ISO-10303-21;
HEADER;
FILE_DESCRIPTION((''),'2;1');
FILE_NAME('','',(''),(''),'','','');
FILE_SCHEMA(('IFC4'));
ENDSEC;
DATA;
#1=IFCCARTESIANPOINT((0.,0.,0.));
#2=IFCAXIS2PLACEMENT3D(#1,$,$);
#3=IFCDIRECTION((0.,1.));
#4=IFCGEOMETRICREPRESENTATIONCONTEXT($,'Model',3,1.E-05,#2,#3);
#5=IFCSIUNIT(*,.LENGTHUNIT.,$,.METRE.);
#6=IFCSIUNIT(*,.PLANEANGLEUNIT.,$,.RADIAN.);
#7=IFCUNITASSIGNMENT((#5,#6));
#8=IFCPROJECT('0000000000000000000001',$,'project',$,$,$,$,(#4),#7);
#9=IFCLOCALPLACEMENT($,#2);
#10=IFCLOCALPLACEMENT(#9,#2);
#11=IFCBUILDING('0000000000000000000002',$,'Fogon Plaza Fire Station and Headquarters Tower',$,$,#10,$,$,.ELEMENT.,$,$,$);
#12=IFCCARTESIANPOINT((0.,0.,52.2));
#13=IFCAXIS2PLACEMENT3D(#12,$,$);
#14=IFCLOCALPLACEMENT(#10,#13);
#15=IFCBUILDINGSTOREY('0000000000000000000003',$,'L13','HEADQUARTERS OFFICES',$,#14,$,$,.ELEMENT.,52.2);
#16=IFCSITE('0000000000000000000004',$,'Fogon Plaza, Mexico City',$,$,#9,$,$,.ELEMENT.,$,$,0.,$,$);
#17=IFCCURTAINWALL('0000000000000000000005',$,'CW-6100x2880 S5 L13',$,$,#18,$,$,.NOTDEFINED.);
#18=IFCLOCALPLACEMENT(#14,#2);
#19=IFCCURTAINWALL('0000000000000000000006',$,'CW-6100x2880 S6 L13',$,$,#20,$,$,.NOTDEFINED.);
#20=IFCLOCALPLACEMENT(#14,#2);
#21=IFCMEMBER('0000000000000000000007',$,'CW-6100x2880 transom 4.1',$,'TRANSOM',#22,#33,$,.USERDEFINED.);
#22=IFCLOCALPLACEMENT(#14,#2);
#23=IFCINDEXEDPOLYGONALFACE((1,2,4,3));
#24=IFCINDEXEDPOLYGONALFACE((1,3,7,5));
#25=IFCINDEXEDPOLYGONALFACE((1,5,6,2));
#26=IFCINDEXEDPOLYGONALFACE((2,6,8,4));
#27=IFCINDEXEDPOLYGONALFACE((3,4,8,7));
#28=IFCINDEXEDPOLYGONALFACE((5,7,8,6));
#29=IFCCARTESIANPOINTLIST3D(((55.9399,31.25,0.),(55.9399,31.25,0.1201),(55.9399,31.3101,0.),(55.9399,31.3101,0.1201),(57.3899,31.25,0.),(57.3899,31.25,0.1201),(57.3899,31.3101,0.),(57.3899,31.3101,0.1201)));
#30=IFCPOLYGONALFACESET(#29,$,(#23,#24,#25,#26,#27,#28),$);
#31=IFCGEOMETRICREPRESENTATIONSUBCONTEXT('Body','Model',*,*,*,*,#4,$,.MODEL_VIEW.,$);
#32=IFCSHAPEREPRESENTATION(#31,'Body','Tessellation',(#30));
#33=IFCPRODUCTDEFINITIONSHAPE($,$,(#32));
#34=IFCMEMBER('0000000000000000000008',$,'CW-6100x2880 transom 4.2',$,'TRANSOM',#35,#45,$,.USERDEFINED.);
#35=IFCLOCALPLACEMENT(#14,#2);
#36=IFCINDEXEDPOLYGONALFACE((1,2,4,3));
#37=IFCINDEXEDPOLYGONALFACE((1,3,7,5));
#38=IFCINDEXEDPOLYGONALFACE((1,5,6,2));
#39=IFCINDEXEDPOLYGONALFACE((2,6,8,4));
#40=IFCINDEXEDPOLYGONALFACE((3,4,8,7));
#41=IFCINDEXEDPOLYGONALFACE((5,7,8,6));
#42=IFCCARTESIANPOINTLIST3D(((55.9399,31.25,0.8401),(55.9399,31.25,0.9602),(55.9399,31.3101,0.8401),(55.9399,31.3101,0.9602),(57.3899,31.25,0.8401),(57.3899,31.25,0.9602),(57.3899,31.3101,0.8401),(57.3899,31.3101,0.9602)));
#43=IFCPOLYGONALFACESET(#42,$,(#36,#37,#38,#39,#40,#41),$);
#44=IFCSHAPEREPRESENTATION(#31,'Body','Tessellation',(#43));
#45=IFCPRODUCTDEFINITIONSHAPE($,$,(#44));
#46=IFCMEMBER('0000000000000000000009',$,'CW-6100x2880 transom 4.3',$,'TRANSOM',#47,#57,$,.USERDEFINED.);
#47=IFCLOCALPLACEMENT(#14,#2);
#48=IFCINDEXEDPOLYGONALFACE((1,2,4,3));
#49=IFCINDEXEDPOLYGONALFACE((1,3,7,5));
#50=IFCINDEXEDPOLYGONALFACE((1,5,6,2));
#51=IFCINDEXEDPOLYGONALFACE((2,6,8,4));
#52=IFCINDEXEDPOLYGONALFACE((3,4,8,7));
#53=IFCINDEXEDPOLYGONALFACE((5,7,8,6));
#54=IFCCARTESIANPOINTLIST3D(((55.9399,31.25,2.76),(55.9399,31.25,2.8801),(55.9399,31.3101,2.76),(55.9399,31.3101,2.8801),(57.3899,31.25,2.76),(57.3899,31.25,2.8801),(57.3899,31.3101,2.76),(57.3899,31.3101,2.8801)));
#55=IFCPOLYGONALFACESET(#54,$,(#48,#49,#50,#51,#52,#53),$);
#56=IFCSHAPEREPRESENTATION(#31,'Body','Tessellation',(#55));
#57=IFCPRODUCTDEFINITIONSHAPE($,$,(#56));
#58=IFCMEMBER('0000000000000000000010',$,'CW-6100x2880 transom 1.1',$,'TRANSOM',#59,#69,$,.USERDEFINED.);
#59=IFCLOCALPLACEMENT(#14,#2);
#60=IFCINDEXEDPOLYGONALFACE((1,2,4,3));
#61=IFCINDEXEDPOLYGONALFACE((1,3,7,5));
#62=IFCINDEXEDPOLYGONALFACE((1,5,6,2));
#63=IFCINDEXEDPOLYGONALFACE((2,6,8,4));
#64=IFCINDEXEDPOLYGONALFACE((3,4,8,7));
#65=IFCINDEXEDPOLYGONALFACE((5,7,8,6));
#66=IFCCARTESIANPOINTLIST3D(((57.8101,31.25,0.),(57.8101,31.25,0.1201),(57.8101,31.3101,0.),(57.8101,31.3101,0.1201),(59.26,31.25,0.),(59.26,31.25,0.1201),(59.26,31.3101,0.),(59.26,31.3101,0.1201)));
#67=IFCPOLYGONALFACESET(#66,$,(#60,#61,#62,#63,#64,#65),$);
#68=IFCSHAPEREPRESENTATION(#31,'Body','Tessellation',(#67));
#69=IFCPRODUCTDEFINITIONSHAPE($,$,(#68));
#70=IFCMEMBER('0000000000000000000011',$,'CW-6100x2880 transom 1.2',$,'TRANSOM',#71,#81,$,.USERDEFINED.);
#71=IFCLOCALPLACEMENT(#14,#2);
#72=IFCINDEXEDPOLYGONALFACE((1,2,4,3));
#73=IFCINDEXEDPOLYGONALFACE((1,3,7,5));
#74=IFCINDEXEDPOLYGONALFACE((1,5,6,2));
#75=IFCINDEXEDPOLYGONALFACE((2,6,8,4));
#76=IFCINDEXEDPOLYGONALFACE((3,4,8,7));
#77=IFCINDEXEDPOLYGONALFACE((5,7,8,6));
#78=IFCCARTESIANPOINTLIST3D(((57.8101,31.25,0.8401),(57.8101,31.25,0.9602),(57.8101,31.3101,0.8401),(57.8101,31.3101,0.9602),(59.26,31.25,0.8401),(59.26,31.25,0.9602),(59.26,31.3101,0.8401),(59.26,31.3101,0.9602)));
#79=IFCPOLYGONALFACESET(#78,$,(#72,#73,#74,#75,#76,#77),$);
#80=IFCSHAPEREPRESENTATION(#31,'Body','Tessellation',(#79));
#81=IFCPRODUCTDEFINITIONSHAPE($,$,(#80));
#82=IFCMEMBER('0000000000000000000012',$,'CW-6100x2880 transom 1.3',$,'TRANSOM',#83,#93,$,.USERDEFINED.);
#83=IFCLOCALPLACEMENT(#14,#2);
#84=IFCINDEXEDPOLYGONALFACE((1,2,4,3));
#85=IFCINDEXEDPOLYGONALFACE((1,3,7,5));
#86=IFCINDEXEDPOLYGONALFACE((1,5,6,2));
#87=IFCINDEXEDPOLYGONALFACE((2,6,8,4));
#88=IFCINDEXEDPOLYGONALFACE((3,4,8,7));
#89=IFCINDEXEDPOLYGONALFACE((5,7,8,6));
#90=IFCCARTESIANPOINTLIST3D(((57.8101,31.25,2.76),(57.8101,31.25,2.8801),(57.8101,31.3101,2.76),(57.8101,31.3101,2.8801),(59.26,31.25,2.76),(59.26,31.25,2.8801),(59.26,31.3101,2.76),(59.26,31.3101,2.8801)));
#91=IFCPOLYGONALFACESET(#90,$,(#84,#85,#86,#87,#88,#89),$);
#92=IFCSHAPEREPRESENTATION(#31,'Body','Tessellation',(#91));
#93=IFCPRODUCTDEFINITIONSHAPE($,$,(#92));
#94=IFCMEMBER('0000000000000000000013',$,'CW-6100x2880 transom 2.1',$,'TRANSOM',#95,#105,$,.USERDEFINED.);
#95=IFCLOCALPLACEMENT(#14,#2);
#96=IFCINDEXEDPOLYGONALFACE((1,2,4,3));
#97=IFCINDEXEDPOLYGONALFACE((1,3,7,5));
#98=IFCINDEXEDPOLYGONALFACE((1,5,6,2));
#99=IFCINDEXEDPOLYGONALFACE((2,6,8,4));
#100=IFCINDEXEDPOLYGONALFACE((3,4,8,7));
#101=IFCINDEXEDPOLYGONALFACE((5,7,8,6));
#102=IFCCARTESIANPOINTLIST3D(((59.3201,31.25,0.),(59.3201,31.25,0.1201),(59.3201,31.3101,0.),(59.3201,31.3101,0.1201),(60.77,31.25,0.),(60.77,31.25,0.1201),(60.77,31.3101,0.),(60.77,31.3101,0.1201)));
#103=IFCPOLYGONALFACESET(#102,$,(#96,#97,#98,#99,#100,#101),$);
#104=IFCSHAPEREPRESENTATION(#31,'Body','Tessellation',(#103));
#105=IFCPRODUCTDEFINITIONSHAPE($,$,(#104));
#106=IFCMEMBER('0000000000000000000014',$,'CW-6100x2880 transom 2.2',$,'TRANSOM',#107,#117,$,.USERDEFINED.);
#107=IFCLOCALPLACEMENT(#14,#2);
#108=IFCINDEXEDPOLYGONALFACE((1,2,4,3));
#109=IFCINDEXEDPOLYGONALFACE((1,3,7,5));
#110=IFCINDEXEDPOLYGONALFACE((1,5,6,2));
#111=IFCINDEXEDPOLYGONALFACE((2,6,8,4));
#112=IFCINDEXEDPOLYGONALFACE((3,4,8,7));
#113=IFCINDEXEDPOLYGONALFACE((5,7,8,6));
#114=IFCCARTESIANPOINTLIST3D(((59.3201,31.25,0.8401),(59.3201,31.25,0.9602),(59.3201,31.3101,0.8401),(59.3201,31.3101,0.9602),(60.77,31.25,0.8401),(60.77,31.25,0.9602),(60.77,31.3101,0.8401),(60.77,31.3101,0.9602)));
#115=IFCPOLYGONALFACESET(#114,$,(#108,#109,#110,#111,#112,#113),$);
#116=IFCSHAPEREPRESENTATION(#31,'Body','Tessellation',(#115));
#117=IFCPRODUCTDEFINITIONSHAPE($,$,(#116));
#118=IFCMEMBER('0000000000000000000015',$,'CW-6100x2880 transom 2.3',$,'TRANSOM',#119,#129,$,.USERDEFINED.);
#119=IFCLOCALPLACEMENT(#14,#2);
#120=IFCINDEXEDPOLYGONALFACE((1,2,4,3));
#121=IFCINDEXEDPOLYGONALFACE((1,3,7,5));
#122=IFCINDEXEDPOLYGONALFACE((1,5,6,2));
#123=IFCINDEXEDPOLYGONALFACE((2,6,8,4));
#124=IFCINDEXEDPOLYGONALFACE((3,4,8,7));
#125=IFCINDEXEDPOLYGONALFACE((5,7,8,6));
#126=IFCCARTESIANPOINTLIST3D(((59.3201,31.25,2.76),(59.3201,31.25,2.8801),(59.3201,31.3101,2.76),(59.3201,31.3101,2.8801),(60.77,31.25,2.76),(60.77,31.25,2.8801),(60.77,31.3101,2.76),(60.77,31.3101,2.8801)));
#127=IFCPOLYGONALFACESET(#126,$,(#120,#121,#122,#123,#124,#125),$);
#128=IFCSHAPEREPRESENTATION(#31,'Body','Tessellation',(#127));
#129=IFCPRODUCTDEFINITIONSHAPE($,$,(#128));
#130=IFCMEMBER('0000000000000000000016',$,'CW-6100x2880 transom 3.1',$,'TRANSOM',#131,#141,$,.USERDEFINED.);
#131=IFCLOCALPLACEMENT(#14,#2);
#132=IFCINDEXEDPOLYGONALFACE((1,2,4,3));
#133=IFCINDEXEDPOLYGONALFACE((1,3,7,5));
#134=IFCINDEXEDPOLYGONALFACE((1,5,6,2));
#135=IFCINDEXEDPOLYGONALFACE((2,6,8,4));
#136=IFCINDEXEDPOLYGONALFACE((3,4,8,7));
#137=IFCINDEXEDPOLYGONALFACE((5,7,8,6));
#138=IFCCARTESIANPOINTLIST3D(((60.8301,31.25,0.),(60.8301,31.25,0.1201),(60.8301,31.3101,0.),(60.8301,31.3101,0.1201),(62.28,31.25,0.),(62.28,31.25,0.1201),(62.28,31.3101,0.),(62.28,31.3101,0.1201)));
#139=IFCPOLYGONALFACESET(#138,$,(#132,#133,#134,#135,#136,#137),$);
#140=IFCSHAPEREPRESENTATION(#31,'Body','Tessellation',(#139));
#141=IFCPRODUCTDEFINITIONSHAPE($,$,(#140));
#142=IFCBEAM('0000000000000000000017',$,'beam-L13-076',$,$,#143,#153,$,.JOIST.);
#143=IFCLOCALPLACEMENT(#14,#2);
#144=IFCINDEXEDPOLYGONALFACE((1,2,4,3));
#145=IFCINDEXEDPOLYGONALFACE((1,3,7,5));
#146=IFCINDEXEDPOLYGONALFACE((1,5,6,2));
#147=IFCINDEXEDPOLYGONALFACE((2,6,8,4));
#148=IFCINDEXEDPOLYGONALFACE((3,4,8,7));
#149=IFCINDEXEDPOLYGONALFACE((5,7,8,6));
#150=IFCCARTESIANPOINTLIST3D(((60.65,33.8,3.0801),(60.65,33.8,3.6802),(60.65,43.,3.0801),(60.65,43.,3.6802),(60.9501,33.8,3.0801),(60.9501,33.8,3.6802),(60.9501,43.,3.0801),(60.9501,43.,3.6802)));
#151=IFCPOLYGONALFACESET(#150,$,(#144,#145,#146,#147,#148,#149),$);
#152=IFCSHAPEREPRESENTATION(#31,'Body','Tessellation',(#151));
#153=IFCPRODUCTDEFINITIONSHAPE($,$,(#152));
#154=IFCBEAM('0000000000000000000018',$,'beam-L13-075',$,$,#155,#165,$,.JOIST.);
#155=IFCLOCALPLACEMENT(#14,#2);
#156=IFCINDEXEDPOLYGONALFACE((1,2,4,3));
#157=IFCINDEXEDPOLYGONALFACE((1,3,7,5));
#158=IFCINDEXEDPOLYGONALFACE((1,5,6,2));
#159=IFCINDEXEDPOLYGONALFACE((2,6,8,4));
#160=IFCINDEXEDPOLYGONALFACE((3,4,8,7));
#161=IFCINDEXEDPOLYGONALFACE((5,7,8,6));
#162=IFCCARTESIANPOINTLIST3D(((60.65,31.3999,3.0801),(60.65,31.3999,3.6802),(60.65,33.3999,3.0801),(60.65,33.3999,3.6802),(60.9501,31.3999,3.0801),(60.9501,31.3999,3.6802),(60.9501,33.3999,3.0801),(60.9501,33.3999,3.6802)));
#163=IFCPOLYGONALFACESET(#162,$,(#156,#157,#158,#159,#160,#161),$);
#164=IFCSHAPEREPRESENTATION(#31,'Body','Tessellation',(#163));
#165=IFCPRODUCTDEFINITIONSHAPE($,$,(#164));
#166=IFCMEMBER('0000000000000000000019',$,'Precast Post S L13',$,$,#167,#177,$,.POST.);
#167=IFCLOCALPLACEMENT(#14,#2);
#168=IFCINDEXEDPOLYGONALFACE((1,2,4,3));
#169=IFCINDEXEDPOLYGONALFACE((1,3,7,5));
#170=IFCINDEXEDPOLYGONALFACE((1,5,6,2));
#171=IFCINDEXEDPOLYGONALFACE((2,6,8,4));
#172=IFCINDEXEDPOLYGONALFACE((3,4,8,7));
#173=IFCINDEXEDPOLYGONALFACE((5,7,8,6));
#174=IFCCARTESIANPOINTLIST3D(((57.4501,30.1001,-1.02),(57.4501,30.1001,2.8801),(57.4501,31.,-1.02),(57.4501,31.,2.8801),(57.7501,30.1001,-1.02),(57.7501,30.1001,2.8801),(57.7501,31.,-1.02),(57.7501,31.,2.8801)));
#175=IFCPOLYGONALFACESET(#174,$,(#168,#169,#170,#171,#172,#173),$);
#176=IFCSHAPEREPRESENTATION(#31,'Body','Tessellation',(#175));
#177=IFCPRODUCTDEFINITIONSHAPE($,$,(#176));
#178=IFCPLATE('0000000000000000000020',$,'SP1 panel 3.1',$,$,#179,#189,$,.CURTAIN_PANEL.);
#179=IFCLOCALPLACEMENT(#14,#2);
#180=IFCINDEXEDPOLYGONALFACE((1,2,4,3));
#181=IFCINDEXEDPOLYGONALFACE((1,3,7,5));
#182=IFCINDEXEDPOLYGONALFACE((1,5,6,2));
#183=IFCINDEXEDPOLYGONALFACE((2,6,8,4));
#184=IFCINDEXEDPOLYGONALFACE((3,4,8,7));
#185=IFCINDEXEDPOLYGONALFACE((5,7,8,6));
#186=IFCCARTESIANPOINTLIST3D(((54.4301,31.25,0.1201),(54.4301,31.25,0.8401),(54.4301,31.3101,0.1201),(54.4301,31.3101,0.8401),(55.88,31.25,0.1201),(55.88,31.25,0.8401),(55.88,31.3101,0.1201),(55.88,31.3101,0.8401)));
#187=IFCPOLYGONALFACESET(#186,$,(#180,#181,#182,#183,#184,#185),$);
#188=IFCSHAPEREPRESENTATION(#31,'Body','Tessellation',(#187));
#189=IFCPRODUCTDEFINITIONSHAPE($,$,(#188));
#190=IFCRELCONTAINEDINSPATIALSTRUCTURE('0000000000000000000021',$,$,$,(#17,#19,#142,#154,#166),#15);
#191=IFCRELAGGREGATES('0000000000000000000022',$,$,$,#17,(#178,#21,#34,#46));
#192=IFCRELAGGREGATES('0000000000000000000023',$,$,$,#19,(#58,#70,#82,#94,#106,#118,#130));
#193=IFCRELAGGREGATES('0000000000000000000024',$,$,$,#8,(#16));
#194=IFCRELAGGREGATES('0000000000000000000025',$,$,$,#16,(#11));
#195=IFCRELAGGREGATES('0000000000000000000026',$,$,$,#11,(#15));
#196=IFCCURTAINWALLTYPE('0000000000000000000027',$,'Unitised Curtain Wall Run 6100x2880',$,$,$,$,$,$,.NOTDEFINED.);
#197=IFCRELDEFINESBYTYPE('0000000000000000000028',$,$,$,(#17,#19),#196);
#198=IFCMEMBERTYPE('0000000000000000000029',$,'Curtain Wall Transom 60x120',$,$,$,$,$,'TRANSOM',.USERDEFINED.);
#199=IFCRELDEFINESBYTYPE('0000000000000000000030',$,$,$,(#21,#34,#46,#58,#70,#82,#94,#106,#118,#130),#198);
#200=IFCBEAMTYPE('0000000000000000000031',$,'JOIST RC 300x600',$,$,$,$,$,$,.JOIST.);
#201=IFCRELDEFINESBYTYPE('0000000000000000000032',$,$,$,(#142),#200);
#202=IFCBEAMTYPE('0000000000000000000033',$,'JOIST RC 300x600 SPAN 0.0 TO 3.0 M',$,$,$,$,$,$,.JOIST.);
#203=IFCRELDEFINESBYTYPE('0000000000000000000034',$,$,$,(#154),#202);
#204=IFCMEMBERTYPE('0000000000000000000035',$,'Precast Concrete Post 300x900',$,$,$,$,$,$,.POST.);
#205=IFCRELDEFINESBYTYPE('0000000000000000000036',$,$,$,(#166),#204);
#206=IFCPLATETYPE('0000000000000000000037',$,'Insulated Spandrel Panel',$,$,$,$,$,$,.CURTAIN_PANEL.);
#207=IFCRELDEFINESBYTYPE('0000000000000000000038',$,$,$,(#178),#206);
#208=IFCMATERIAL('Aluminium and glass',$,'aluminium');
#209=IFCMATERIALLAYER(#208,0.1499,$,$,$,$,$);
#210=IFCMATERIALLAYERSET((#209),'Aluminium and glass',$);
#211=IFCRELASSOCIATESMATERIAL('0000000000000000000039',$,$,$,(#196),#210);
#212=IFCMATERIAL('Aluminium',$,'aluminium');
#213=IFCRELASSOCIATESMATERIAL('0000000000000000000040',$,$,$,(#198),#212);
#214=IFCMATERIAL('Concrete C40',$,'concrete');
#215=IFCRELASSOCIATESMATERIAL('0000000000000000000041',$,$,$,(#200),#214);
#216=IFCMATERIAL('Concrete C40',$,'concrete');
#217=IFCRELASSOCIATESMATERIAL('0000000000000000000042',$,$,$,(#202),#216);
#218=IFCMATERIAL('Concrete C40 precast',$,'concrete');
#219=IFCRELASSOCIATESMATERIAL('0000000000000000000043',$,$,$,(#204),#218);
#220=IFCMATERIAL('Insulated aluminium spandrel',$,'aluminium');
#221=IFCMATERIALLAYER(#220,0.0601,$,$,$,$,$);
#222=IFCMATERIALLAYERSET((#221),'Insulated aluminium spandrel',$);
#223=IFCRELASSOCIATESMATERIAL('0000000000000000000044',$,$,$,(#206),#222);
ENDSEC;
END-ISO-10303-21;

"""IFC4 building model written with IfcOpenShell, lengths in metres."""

from ifc_helpers import new_model, si_unit, direction, frame, origin, origin_2d, place, context, subcontext, project, spatial, rectangle, extrude, material, layer, layer_set, material_profile, profile_set, type_object, element, aggregate, save


model = new_model("IFC4")

# Units and contexts
model_context = context("Model", 3, precision=1e-05, world=origin(), true_north=direction((0.0, 1.0)))
body_context = subcontext(model_context, "Body", "Model", "MODEL_VIEW")
ifc_project = project(units=[si_unit("LENGTHUNIT", "METRE"), si_unit("PLANEANGLEUNIT", "RADIAN")], contexts=[model_context])

# Site, building, storey
site_placement = place(None, origin())
site = spatial("IfcSite", under=ifc_project, at=site_placement, Name="Fogon Plaza, Mexico City", CompositionType="ELEMENT", RefElevation=0.0)
building_placement = place(site_placement, origin())
building = spatial("IfcBuilding", under=site, at=building_placement, Name="Fogon Plaza Fire Station and Headquarters Tower", CompositionType="ELEMENT")
storey_placement = place(building_placement, frame((0.0, 0.0, 52.2)))
storey = spatial("IfcBuildingStorey", under=building, at=storey_placement, Name="L13", Description="HEADQUARTERS OFFICES", CompositionType="ELEMENT", Elevation=52.2)

# Curtain walls
ifc_material_1 = material(Name="Aluminium and glass", Category="aluminium")
ifc_layer_1 = layer(ifc_material_1, 0.1499)
ifc_layer_set_1 = layer_set([ifc_layer_1], Name="Aluminium and glass")
curtain_wall_type = type_object("IfcCurtainWallType", Name="Unitised Curtain Wall Run 6100x2880", PredefinedType="NOTDEFINED", material=ifc_layer_set_1)
curtain_wall_1_placement = place(storey_placement, origin())
curtain_wall_1 = element("IfcCurtainWall", 1, at=curtain_wall_1_placement, inside=storey, type_object=curtain_wall_type, Name="CW-6100x2880 S5 L13", PredefinedType="NOTDEFINED")
curtain_wall_2_placement = place(storey_placement, origin())
curtain_wall_2 = element("IfcCurtainWall", 2, at=curtain_wall_2_placement, inside=storey, type_object=curtain_wall_type, Name="CW-6100x2880 S6 L13", PredefinedType="NOTDEFINED")

# Members
ifc_material_2 = material(Name="Aluminium", Category="aluminium")
ifc_material_profile_1 = material_profile(ifc_material_2, rectangle(XDim=0.0601, YDim=0.1201, at=origin_2d()), Name="Curtain Wall Transom 60x120")
ifc_profile_set_1 = profile_set([ifc_material_profile_1], Name="Aluminium")
member_type_1 = type_object("IfcMemberType", Name="Curtain Wall Transom 60x120", ElementType="TRANSOM", PredefinedType="USERDEFINED", material=ifc_profile_set_1)
member_1_placement = place(storey_placement, frame((55.9399, 31.28, 0.0601), z_axis=(1.0, 0.0, 0.0), x_axis=(0.0, 1.0, 0.0)))
member_1 = element("IfcMember", 3, at=member_1_placement, type_object=member_type_1, Name="CW-6100x2880 transom 4.1", ObjectType="TRANSOM", PredefinedType="USERDEFINED", context=body_context, shape_type="SweptSolid", body=[
    extrude(rectangle(XDim=0.0601, YDim=0.1201, at=origin_2d()), origin(), (0.0, 0.0, 1.0), 1.45),
])
member_2_placement = place(storey_placement, frame((55.9399, 31.28, 0.9001), z_axis=(1.0, 0.0, 0.0), x_axis=(0.0, 1.0, 0.0)))
member_2 = element("IfcMember", 4, at=member_2_placement, type_object=member_type_1, Name="CW-6100x2880 transom 4.2", ObjectType="TRANSOM", PredefinedType="USERDEFINED", context=body_context, shape_type="SweptSolid", body=[
    extrude(rectangle(XDim=0.0601, YDim=0.1201, at=origin_2d()), origin(), (0.0, 0.0, 1.0), 1.45),
])
member_3_placement = place(storey_placement, frame((55.9399, 31.28, 2.8201), z_axis=(1.0, 0.0, 0.0), x_axis=(0.0, 1.0, 0.0)))
member_3 = element("IfcMember", 5, at=member_3_placement, type_object=member_type_1, Name="CW-6100x2880 transom 4.3", ObjectType="TRANSOM", PredefinedType="USERDEFINED", context=body_context, shape_type="SweptSolid", body=[
    extrude(rectangle(XDim=0.0601, YDim=0.1201, at=origin_2d()), origin(), (0.0, 0.0, 1.0), 1.45),
])
member_4_placement = place(storey_placement, frame((57.8101, 31.28, 0.0601), z_axis=(1.0, 0.0, 0.0), x_axis=(0.0, 1.0, 0.0)))
member_4 = element("IfcMember", 6, at=member_4_placement, type_object=member_type_1, Name="CW-6100x2880 transom 1.1", ObjectType="TRANSOM", PredefinedType="USERDEFINED", context=body_context, shape_type="SweptSolid", body=[
    extrude(rectangle(XDim=0.0601, YDim=0.1201, at=origin_2d()), origin(), (0.0, 0.0, 1.0), 1.45),
])
member_5_placement = place(storey_placement, frame((57.8101, 31.28, 0.9001), z_axis=(1.0, 0.0, 0.0), x_axis=(0.0, 1.0, 0.0)))
member_5 = element("IfcMember", 7, at=member_5_placement, type_object=member_type_1, Name="CW-6100x2880 transom 1.2", ObjectType="TRANSOM", PredefinedType="USERDEFINED", context=body_context, shape_type="SweptSolid", body=[
    extrude(rectangle(XDim=0.0601, YDim=0.1201, at=origin_2d()), origin(), (0.0, 0.0, 1.0), 1.45),
])
member_6_placement = place(storey_placement, frame((57.8101, 31.28, 2.8201), z_axis=(1.0, 0.0, 0.0), x_axis=(0.0, 1.0, 0.0)))
member_6 = element("IfcMember", 8, at=member_6_placement, type_object=member_type_1, Name="CW-6100x2880 transom 1.3", ObjectType="TRANSOM", PredefinedType="USERDEFINED", context=body_context, shape_type="SweptSolid", body=[
    extrude(rectangle(XDim=0.0601, YDim=0.1201, at=origin_2d()), origin(), (0.0, 0.0, 1.0), 1.45),
])
member_7_placement = place(storey_placement, frame((59.3201, 31.28, 0.0601), z_axis=(1.0, 0.0, 0.0), x_axis=(0.0, 1.0, 0.0)))
member_7 = element("IfcMember", 9, at=member_7_placement, type_object=member_type_1, Name="CW-6100x2880 transom 2.1", ObjectType="TRANSOM", PredefinedType="USERDEFINED", context=body_context, shape_type="SweptSolid", body=[
    extrude(rectangle(XDim=0.0601, YDim=0.1201, at=origin_2d()), origin(), (0.0, 0.0, 1.0), 1.45),
])
member_8_placement = place(storey_placement, frame((59.3201, 31.28, 0.9001), z_axis=(1.0, 0.0, 0.0), x_axis=(0.0, 1.0, 0.0)))
member_8 = element("IfcMember", 10, at=member_8_placement, type_object=member_type_1, Name="CW-6100x2880 transom 2.2", ObjectType="TRANSOM", PredefinedType="USERDEFINED", context=body_context, shape_type="SweptSolid", body=[
    extrude(rectangle(XDim=0.0601, YDim=0.1201, at=origin_2d()), origin(), (0.0, 0.0, 1.0), 1.45),
])
member_9_placement = place(storey_placement, frame((59.3201, 31.28, 2.8201), z_axis=(1.0, 0.0, 0.0), x_axis=(0.0, 1.0, 0.0)))
member_9 = element("IfcMember", 11, at=member_9_placement, type_object=member_type_1, Name="CW-6100x2880 transom 2.3", ObjectType="TRANSOM", PredefinedType="USERDEFINED", context=body_context, shape_type="SweptSolid", body=[
    extrude(rectangle(XDim=0.0601, YDim=0.1201, at=origin_2d()), origin(), (0.0, 0.0, 1.0), 1.45),
])
member_10_placement = place(storey_placement, frame((60.8301, 31.28, 0.0601), z_axis=(1.0, 0.0, 0.0), x_axis=(0.0, 1.0, 0.0)))
member_10 = element("IfcMember", 12, at=member_10_placement, type_object=member_type_1, Name="CW-6100x2880 transom 3.1", ObjectType="TRANSOM", PredefinedType="USERDEFINED", context=body_context, shape_type="SweptSolid", body=[
    extrude(rectangle(XDim=0.0601, YDim=0.1201, at=origin_2d()), origin(), (0.0, 0.0, 1.0), 1.45),
])

# Beams
ifc_material_3 = material(Name="Concrete C40", Category="concrete")
ifc_material_profile_2 = material_profile(ifc_material_3, rectangle(XDim=0.3, YDim=0.6001, at=origin_2d()), Name="RC 300x600")
ifc_profile_set_2 = profile_set([ifc_material_profile_2], Name="Concrete C40")
beam_type_1 = type_object("IfcBeamType", Name="JOIST RC 300x600", PredefinedType="JOIST", material=ifc_profile_set_2)
beam_1_placement = place(storey_placement, frame((60.8, 33.8, 3.3801), z_axis=(0.0, 1.0, 0.0), x_axis=(-1.0, 0.0, 0.0)))
element("IfcBeam", 13, at=beam_1_placement, inside=storey, type_object=beam_type_1, Name="beam-L13-076", PredefinedType="JOIST", context=body_context, shape_type="SweptSolid", body=[
    extrude(rectangle(XDim=0.3, YDim=0.6001, at=origin_2d()), origin(), (0.0, 0.0, 1.0), 9.2),
])
ifc_material_4 = material(Name="Concrete C40", Category="concrete")
ifc_material_profile_3 = material_profile(ifc_material_4, rectangle(XDim=0.3, YDim=0.6001, at=origin_2d()), Name="RC 300x600")
ifc_profile_set_3 = profile_set([ifc_material_profile_3], Name="Concrete C40")
beam_type_2 = type_object("IfcBeamType", Name="JOIST RC 300x600 SPAN 0.0 TO 3.0 M", PredefinedType="JOIST", material=ifc_profile_set_3)
beam_2_placement = place(storey_placement, frame((60.8, 31.3999, 3.3801), z_axis=(0.0, 1.0, 0.0), x_axis=(-1.0, 0.0, 0.0)))
element("IfcBeam", 14, at=beam_2_placement, inside=storey, type_object=beam_type_2, Name="beam-L13-075", PredefinedType="JOIST", context=body_context, shape_type="SweptSolid", body=[
    extrude(rectangle(XDim=0.3, YDim=0.6001, at=origin_2d()), origin(), (0.0, 0.0, 1.0), 2.0),
])

# Member
ifc_material_5 = material(Name="Concrete C40 precast", Category="concrete")
ifc_material_profile_4 = material_profile(ifc_material_5, rectangle(XDim=0.3, YDim=0.8999, at=origin_2d()), Name="Precast Concrete Post 300x900")
ifc_profile_set_4 = profile_set([ifc_material_profile_4], Name="Concrete C40 precast")
member_type_2 = type_object("IfcMemberType", Name="Precast Concrete Post 300x900", PredefinedType="POST", material=ifc_profile_set_4)
member_11_placement = place(storey_placement, frame((57.6001, 30.55, -1.02), z_axis=(0.0, 0.0, 1.0), x_axis=(1.0, 0.0, 0.0)))
element("IfcMember", 15, at=member_11_placement, inside=storey, type_object=member_type_2, Name="Precast Post S L13", PredefinedType="POST", context=body_context, shape_type="SweptSolid", body=[
    extrude(rectangle(XDim=0.3, YDim=0.8999, at=origin_2d()), origin(), (0.0, 0.0, 1.0), 3.9001),
])

# Plate
ifc_material_6 = material(Name="Insulated aluminium spandrel", Category="aluminium")
ifc_layer_2 = layer(ifc_material_6, 0.0601)
ifc_layer_set_2 = layer_set([ifc_layer_2], Name="Insulated aluminium spandrel")
plate_type_1 = type_object("IfcPlateType", Name="Insulated Spandrel Panel", PredefinedType="CURTAIN_PANEL", material=ifc_layer_set_2)
plate_1_placement = place(storey_placement, frame((55.155, 31.28, 0.1201), z_axis=(0.0, 0.0, 1.0), x_axis=(1.0, 0.0, 0.0)))
plate_1 = element("IfcPlate", 16, at=plate_1_placement, type_object=plate_type_1, Name="SP1 panel 3.1", PredefinedType="CURTAIN_PANEL", context=body_context, shape_type="SweptSolid", body=[
    extrude(rectangle(XDim=1.45, YDim=0.0601, at=origin_2d()), origin(), (0.0, 0.0, 1.0), 0.72),
])
aggregate(curtain_wall_1, [plate_1, member_1, member_2, member_3])
aggregate(curtain_wall_2, [member_4, member_5, member_6, member_7, member_8, member_9, member_10])

save(model, "model.ifc")
